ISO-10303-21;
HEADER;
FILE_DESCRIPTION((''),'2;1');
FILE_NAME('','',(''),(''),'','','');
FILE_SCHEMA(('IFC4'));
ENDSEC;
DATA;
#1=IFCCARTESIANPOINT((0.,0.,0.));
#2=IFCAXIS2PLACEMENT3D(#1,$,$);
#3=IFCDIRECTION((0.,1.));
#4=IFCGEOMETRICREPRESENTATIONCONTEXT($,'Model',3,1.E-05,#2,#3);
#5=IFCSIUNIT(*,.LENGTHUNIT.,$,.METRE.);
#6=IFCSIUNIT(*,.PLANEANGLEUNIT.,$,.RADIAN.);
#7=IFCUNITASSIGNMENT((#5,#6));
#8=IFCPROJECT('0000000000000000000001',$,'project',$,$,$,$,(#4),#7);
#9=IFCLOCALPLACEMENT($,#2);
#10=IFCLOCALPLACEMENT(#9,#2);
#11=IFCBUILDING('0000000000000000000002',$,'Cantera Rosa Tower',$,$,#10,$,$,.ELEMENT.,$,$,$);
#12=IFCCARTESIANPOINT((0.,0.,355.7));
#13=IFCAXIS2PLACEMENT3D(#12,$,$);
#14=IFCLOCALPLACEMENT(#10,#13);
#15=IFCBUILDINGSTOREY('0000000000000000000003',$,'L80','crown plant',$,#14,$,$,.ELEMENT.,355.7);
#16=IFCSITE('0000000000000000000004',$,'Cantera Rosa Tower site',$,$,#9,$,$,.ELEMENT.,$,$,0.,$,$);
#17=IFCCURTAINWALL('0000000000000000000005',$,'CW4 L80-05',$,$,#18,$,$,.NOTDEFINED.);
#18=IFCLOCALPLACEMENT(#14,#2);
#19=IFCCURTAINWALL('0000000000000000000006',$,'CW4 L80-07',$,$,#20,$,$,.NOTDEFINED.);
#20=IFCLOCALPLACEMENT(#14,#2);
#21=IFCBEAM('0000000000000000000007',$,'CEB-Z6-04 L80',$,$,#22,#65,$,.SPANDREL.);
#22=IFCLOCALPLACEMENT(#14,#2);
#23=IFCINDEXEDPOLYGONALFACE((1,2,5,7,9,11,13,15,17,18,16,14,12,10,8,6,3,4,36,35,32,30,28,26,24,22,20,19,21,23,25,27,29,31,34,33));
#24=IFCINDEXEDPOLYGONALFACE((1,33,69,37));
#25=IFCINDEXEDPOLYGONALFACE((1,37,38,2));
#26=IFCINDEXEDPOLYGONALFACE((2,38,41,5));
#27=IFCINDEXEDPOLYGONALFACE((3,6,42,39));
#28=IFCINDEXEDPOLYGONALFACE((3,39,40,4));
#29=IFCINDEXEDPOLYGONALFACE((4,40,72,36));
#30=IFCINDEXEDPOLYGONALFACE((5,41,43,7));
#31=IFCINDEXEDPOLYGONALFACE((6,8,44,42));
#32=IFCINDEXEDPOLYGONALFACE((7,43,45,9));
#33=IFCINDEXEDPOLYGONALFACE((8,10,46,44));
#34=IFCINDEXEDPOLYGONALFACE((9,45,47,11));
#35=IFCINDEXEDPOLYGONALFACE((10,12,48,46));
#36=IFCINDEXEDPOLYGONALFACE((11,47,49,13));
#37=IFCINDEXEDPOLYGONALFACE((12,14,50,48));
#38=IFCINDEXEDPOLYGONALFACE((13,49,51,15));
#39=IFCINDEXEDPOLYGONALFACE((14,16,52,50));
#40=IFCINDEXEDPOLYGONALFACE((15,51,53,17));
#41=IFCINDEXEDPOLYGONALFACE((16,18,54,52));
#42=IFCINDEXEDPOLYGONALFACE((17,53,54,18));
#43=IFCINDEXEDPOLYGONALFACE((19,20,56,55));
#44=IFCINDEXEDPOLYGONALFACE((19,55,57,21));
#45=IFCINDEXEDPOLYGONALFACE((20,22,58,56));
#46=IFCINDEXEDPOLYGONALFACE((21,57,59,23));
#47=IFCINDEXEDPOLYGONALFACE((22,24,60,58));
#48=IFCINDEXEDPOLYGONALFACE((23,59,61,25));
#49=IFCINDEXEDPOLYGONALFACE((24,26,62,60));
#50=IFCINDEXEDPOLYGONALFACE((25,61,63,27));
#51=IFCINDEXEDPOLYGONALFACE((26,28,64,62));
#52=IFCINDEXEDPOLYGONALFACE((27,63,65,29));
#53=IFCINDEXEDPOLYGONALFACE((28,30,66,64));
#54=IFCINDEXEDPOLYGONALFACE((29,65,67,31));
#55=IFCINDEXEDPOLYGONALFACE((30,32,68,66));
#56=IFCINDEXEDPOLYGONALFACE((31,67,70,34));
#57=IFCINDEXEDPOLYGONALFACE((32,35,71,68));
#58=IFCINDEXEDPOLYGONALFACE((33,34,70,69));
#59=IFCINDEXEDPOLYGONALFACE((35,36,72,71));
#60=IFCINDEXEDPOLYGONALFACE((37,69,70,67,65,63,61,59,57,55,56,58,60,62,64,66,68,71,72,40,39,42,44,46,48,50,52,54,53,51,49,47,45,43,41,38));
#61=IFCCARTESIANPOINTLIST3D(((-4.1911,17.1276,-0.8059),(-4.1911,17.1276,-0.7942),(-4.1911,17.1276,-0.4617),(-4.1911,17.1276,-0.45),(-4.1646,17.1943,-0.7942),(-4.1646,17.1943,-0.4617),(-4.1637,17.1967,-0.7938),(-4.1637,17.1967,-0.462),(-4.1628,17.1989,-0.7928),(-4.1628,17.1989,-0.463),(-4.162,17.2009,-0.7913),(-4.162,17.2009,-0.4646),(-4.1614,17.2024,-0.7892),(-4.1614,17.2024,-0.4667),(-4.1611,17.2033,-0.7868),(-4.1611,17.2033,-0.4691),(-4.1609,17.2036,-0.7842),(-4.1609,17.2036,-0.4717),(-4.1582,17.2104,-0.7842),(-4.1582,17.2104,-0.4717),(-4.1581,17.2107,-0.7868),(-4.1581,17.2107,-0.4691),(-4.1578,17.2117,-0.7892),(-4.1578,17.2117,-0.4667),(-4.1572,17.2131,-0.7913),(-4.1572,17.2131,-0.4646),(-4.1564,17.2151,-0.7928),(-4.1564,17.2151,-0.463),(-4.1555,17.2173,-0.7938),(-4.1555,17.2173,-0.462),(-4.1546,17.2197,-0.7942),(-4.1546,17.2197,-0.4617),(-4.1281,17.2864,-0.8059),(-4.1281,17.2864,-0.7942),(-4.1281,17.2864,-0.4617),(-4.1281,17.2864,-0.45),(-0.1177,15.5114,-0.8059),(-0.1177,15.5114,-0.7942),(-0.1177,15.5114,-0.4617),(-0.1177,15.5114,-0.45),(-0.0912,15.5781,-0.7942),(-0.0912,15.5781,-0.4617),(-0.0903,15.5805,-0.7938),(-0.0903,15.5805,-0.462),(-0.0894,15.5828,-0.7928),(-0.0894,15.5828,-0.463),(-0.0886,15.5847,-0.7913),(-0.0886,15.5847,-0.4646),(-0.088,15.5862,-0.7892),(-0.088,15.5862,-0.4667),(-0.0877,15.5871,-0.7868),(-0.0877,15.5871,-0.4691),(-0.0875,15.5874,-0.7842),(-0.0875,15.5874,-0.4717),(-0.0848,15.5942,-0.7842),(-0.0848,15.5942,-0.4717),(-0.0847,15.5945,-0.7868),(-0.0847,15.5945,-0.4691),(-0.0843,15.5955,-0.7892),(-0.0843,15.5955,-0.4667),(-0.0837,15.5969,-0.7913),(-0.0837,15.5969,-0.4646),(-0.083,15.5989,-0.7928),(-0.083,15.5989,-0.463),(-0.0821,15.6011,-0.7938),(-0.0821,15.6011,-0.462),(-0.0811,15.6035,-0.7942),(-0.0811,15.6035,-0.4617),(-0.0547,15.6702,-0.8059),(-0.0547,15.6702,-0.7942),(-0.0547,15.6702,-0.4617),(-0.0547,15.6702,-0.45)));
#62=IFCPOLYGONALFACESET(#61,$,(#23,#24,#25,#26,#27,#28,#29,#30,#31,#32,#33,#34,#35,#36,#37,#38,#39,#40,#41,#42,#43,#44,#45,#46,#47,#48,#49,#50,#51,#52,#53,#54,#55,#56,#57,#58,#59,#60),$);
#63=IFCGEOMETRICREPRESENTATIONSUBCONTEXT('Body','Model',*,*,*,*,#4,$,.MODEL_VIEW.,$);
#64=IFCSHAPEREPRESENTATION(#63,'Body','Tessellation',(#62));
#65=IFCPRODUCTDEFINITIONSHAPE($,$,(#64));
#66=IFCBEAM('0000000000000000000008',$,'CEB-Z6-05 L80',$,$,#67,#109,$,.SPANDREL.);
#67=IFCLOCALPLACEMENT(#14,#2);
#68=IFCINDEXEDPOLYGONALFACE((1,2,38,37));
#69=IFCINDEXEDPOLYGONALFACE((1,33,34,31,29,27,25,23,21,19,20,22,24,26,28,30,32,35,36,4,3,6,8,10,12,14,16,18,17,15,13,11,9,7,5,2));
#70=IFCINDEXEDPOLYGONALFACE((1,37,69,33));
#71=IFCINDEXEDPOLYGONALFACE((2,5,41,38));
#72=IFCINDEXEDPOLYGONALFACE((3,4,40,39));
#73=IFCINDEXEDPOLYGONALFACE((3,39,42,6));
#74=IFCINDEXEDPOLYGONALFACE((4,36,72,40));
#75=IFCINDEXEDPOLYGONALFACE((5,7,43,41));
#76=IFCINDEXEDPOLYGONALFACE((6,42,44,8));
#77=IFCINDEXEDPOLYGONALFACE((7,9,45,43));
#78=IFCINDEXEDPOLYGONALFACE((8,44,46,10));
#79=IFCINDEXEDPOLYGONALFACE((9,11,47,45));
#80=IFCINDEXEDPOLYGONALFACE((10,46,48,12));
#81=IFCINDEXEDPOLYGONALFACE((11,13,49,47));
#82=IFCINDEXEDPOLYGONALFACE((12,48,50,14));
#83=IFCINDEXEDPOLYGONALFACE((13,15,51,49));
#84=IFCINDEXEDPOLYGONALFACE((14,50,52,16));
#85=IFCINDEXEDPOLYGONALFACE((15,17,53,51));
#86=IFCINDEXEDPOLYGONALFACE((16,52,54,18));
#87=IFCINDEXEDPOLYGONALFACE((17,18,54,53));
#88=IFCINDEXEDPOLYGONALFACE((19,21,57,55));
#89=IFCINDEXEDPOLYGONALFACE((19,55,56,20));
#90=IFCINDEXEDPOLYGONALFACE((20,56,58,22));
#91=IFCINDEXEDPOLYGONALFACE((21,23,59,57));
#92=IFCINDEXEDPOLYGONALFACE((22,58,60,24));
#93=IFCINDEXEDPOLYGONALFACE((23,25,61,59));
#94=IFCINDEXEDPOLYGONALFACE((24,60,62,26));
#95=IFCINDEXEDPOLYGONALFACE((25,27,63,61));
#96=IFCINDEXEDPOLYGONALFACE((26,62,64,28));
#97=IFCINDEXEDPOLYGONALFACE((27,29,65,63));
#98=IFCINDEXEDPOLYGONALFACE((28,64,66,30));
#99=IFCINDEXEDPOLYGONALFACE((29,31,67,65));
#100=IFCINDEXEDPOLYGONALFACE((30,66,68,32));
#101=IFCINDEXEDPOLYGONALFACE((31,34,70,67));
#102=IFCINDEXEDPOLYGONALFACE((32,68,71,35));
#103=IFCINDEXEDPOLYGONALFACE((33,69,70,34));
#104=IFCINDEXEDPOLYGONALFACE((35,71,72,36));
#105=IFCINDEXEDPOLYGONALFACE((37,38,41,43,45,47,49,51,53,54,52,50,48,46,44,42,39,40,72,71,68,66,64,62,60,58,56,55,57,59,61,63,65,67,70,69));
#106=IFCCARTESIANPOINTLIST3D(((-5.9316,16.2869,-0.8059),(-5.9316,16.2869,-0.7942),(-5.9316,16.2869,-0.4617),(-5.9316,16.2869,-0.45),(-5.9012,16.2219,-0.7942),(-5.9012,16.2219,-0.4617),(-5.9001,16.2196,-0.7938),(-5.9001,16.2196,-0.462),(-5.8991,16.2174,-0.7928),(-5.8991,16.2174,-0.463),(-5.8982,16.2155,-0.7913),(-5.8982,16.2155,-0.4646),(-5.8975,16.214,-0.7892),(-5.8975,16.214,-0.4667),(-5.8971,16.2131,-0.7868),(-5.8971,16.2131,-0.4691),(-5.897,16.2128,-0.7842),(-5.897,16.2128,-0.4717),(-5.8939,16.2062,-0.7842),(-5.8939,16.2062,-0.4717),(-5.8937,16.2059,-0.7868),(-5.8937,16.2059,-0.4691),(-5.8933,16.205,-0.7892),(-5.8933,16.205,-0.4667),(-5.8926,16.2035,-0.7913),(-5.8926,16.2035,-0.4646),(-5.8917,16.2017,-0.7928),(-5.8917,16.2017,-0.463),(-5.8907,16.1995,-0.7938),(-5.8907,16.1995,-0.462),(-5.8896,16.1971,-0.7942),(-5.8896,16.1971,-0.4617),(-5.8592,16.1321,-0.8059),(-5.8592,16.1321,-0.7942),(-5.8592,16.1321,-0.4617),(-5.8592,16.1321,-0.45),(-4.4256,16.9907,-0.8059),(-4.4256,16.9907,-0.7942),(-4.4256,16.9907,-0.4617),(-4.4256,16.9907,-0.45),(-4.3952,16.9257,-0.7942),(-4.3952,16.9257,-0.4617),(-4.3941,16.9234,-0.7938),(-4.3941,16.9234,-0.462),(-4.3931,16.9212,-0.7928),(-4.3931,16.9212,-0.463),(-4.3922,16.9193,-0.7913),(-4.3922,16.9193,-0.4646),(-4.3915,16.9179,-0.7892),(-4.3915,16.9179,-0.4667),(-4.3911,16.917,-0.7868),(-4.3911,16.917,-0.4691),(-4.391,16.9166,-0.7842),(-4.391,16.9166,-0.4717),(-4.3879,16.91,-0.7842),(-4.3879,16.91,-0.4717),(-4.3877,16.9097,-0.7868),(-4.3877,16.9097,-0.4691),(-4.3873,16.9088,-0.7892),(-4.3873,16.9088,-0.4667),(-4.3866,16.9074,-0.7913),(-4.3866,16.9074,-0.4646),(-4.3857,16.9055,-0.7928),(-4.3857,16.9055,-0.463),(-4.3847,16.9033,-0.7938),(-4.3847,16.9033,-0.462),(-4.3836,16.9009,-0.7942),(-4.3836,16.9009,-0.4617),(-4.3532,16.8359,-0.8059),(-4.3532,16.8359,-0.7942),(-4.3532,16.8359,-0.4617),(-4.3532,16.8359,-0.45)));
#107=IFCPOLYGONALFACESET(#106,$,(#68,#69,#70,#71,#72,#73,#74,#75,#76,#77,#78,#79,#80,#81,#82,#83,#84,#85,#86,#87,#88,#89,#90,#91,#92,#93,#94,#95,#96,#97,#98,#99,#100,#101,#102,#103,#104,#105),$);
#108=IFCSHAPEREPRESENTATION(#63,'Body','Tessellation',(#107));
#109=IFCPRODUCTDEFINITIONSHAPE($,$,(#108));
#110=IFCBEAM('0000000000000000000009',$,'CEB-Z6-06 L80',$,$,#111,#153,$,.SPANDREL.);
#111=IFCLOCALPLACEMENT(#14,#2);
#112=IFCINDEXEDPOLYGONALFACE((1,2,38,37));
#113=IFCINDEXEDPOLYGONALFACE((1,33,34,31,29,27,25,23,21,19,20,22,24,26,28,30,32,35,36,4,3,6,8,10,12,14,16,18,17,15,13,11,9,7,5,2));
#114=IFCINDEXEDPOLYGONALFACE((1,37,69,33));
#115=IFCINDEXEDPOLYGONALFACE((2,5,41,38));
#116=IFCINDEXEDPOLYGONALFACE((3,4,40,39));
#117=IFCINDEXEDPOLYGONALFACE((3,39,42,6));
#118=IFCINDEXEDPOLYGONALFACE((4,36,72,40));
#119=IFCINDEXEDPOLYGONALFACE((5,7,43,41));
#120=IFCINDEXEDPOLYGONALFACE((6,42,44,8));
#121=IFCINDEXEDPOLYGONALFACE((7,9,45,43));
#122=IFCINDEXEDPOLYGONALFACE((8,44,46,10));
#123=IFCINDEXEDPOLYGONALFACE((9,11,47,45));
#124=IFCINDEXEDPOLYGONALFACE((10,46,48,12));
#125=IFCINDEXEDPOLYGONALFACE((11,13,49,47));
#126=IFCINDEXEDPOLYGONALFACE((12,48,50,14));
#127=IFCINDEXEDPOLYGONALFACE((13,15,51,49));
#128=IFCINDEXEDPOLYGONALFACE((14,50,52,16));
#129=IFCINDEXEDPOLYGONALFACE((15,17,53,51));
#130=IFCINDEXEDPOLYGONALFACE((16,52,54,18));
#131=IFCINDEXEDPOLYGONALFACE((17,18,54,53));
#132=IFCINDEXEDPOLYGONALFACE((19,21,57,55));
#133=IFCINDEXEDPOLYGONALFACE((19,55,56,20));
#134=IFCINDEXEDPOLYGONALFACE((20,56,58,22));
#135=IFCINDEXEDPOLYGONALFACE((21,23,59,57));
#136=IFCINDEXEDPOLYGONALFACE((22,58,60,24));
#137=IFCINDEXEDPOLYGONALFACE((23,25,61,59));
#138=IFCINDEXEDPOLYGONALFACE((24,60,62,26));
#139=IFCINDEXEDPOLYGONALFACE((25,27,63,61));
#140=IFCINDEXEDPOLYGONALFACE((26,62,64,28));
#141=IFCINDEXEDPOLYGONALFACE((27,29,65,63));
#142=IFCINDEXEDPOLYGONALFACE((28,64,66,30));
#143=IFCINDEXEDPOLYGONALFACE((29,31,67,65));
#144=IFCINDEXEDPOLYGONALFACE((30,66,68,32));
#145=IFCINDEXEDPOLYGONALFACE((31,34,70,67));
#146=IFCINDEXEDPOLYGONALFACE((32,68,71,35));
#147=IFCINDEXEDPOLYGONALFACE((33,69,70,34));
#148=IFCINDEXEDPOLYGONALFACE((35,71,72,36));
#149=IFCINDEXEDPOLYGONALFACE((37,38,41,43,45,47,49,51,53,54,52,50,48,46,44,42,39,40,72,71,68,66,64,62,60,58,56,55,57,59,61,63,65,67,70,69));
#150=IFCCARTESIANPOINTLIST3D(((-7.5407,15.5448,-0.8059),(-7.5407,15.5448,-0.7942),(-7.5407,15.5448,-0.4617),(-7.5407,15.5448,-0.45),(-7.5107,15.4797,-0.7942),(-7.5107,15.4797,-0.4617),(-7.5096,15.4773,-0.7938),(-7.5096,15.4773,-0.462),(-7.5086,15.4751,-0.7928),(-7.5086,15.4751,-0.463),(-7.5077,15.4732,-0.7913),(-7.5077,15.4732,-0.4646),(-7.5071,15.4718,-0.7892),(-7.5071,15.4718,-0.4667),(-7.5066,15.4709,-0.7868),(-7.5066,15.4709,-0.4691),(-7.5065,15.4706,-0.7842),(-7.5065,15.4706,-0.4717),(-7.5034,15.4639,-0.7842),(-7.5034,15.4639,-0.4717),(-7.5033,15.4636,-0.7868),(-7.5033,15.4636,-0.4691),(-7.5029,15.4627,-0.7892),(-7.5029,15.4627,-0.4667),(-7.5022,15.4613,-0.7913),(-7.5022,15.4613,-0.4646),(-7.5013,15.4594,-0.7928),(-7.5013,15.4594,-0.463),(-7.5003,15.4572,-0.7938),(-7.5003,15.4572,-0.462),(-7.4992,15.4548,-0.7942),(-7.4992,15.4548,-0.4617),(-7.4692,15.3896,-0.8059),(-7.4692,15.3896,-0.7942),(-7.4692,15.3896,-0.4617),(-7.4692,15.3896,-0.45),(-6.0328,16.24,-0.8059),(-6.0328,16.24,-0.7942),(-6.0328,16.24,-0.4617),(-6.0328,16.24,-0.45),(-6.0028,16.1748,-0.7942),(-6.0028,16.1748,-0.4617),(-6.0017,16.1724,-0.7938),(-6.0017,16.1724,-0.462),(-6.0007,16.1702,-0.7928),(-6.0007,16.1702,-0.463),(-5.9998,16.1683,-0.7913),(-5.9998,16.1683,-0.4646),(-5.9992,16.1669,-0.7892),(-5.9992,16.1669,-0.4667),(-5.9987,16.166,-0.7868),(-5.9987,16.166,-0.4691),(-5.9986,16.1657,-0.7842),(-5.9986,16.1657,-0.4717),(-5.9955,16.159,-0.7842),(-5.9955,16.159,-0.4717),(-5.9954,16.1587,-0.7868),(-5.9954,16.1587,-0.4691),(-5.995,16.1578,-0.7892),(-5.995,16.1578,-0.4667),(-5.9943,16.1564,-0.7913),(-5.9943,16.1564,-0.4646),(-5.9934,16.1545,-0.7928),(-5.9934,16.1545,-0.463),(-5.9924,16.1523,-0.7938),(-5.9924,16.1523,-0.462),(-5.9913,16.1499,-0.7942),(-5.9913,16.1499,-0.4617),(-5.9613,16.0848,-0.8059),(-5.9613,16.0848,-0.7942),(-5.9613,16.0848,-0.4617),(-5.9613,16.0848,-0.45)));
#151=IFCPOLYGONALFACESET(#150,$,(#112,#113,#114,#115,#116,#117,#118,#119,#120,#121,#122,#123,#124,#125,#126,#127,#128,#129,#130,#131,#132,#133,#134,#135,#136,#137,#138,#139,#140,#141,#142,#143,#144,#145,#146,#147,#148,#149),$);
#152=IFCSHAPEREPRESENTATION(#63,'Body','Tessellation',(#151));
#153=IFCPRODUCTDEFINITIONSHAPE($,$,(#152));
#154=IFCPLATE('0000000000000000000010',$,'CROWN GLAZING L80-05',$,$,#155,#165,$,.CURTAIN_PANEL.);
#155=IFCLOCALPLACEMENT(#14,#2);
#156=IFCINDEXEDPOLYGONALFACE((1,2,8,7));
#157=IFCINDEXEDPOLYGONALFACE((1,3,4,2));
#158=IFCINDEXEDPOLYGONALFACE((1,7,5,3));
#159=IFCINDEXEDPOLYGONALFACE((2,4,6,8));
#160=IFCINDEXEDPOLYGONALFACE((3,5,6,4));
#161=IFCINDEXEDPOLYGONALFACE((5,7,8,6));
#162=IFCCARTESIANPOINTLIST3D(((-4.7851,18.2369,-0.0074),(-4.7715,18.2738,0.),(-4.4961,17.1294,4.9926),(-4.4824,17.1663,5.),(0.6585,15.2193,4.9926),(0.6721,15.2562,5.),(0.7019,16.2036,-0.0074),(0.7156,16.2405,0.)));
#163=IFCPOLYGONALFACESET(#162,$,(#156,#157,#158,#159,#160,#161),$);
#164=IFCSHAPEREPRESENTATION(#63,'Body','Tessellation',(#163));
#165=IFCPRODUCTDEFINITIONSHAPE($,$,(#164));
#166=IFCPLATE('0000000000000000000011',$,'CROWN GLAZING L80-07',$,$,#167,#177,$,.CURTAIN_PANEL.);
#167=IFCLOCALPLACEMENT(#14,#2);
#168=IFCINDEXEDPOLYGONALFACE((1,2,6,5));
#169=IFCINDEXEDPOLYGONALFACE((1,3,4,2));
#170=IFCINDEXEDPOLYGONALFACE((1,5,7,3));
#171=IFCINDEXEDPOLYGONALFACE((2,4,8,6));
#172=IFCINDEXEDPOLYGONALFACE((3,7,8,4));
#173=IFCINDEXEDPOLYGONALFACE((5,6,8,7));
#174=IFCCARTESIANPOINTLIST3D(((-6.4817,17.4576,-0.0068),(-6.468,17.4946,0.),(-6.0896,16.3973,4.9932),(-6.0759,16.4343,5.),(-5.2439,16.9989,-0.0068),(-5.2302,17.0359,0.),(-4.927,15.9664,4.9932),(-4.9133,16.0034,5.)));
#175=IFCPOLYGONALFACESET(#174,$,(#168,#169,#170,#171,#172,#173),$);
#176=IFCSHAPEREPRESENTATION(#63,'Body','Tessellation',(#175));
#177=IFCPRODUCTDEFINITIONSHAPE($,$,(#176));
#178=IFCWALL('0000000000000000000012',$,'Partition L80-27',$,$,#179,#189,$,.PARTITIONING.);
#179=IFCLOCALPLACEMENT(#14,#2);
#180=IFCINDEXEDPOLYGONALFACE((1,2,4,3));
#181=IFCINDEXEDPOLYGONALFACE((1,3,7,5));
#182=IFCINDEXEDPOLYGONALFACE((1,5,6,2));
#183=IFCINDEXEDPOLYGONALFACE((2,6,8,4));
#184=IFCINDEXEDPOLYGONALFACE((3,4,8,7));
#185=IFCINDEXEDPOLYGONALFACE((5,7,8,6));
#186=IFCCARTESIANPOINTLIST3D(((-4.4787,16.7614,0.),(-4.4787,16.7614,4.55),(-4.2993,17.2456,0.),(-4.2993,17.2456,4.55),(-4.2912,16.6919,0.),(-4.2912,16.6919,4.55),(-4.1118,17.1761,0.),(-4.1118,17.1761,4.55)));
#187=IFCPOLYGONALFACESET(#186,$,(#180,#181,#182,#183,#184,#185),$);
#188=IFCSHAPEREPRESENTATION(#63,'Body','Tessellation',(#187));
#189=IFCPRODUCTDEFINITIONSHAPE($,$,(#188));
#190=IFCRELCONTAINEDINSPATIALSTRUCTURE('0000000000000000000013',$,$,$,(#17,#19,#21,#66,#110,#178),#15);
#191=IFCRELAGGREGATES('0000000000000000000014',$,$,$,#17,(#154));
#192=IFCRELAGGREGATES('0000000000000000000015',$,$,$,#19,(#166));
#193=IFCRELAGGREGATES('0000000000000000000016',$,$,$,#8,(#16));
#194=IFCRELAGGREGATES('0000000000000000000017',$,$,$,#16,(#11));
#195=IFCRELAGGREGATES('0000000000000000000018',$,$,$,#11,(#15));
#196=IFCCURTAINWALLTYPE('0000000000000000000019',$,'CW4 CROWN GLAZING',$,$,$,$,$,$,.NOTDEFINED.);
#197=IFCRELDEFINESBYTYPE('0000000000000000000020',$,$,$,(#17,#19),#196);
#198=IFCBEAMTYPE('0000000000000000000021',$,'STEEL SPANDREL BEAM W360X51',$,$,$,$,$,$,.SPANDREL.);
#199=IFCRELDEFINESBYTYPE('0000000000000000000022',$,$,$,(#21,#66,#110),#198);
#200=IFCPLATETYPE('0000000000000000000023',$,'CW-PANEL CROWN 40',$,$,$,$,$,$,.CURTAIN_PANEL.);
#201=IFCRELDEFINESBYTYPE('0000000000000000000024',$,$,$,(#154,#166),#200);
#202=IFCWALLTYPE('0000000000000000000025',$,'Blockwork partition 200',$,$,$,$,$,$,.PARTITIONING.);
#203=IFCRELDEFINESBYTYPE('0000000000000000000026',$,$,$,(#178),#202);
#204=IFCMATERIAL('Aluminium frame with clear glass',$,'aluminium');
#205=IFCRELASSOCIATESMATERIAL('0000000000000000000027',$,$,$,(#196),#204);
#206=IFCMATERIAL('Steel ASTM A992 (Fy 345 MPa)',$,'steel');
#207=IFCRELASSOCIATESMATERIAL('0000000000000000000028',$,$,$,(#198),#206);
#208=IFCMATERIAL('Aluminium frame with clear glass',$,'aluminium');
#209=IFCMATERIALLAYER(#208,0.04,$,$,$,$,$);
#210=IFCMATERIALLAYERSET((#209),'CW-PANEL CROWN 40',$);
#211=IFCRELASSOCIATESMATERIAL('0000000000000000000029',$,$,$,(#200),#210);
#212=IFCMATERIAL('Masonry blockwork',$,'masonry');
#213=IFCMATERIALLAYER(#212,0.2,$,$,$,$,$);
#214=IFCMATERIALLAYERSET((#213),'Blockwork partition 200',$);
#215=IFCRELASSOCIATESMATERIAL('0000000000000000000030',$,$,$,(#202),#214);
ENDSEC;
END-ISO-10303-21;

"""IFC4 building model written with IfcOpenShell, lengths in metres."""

from ifc_helpers import new_model, si_unit, direction, frame, frame_2d, origin, origin_2d, place, context, subcontext, project, spatial, polyline, rectangle, i_section, outline, extrude, material, layer, layer_set, material_profile, profile_set, type_object, element, aggregate, save


model = new_model("IFC4")

# Units and contexts
model_context = context("Model", 3, precision=1e-05, world=origin(), true_north=direction((0.0, 1.0)))
body_context = subcontext(model_context, "Body", "Model", "MODEL_VIEW")
ifc_project = project(units=[si_unit("LENGTHUNIT", "METRE"), si_unit("PLANEANGLEUNIT", "RADIAN")], contexts=[model_context])

# Site, building, storey
site_placement = place(None, origin())
site = spatial("IfcSite", under=ifc_project, at=site_placement, Name="Cantera Rosa Tower site", CompositionType="ELEMENT", RefElevation=0.0)
building_placement = place(site_placement, origin())
building = spatial("IfcBuilding", under=site, at=building_placement, Name="Cantera Rosa Tower", CompositionType="ELEMENT")
storey_placement = place(building_placement, frame((0.0, 0.0, 355.7)))
storey = spatial("IfcBuildingStorey", under=building, at=storey_placement, Name="L80", Description="crown plant", CompositionType="ELEMENT", Elevation=355.7)

# Curtain walls
ifc_material_1 = material(Name="Aluminium frame with clear glass", Category="aluminium")
curtain_wall_type = type_object("IfcCurtainWallType", Name="CW4 CROWN GLAZING", PredefinedType="NOTDEFINED", material=ifc_material_1)
curtain_wall_1_placement = place(storey_placement, origin())
curtain_wall_1 = element("IfcCurtainWall", 1, at=curtain_wall_1_placement, inside=storey, type_object=curtain_wall_type, Name="CW4 L80-05", PredefinedType="NOTDEFINED")
curtain_wall_2_placement = place(storey_placement, origin())
curtain_wall_2 = element("IfcCurtainWall", 2, at=curtain_wall_2_placement, inside=storey, type_object=curtain_wall_type, Name="CW4 L80-07", PredefinedType="NOTDEFINED")

# Beams
ifc_material_2 = material(Name="Steel ASTM A992 (Fy 345 MPa)", Category="steel")
ifc_material_profile_1 = material_profile(ifc_material_2, i_section(OverallWidth=0.1709, OverallDepth=0.356, WebThickness=0.0073, FlangeThickness=0.0117, FilletRadius=0.01, at=origin_2d()), Name="W360X51")
ifc_profile_set_1 = profile_set([ifc_material_profile_1], Name="Steel ASTM A992 (Fy 345 MPa)")
beam_type = type_object("IfcBeamType", Name="STEEL SPANDREL BEAM W360X51", PredefinedType="SPANDREL", material=ifc_profile_set_1)
beam_1_placement = place(storey_placement, frame((-0.0862, 15.5908, -0.6279), z_axis=(-0.92951, 0.368796, 0.0), x_axis=(-0.368796, -0.92951, 0.0)))
element("IfcBeam", 3, at=beam_1_placement, inside=storey, type_object=beam_type, Name="CEB-Z6-04 L80", PredefinedType="SPANDREL", context=body_context, shape_type="SweptSolid", body=[
    extrude(i_section(OverallWidth=0.1709, OverallDepth=0.356, WebThickness=0.0073, FlangeThickness=0.0117, FilletRadius=0.01, at=origin_2d()), origin(), (0.0, 0.0, 1.0), 4.3823),
])
beam_2_placement = place(storey_placement, frame((-4.3894, 16.9133, -0.6279), z_axis=(-0.90595, -0.423384, 0.0), x_axis=(0.423384, -0.90595, 0.0)))
element("IfcBeam", 4, at=beam_2_placement, inside=storey, type_object=beam_type, Name="CEB-Z6-05 L80", PredefinedType="SPANDREL", context=body_context, shape_type="SweptSolid", body=[
    extrude(i_section(OverallWidth=0.1709, OverallDepth=0.356, WebThickness=0.0073, FlangeThickness=0.0117, FilletRadius=0.01, at=origin_2d()), origin(), (0.0, 0.0, 1.0), 1.6624),
])
beam_3_placement = place(storey_placement, frame((-5.9971, 16.1624, -0.6279), z_axis=(-0.908153, -0.418639, 0.0), x_axis=(0.418639, -0.908153, 0.0)))
element("IfcBeam", 5, at=beam_3_placement, inside=storey, type_object=beam_type, Name="CEB-Z6-06 L80", PredefinedType="SPANDREL", context=body_context, shape_type="SweptSolid", body=[
    extrude(i_section(OverallWidth=0.1709, OverallDepth=0.356, WebThickness=0.0073, FlangeThickness=0.0117, FilletRadius=0.01, at=origin_2d()), origin(), (0.0, 0.0, 1.0), 1.6604),
])

# Plates
ifc_material_3 = material(Name="Aluminium frame with clear glass", Category="aluminium")
ifc_layer_1 = layer(ifc_material_3, 0.04)
ifc_layer_set_1 = layer_set([ifc_layer_1], Name="CW-PANEL CROWN 40")
plate_type = type_object("IfcPlateType", Name="CW-PANEL CROWN 40", PredefinedType="CURTAIN_PANEL", material=ifc_layer_set_1)
plate_1_placement = place(storey_placement, frame((0.7156, 16.2405, 0.0), z_axis=(0.341513, 0.921611, 0.184395), x_axis=(-0.937691, 0.347471, 0.000002)))
plate_1 = element("IfcPlate", 6, at=plate_1_placement, type_object=plate_type, Name="CROWN GLAZING L80-05", PredefinedType="CURTAIN_PANEL", context=body_context, shape_type="SweptSolid", body=[
    extrude(outline(polyline([(0.0, 0.0), (5.8516, 0.0), (5.1958, 5.0872), (-0.3013, 5.0873), (0.0, 0.0)])), origin(), (0.0, 0.0, -1.0), 0.04),
])
plate_2_placement = place(storey_placement, frame((-5.2302, 17.0359, 0.0), z_axis=(0.342519, 0.924163, 0.169122), x_axis=(-0.937671, 0.347525, 0.000002)))
plate_2 = element("IfcPlate", 7, at=plate_2_placement, type_object=plate_type, Name="CROWN GLAZING L80-07", PredefinedType="CURTAIN_PANEL", context=body_context, shape_type="SweptSolid", body=[
    extrude(outline(polyline([(0.0, 0.0), (1.3201, 0.0), (0.5839, 5.0731), (-0.6559, 5.0731), (0.0, 0.0)])), origin(), (0.0, 0.0, -1.0), 0.04),
])

# Wall
ifc_material_4 = material(Name="Masonry blockwork", Category="masonry")
ifc_layer_2 = layer(ifc_material_4, 0.2)
ifc_layer_set_2 = layer_set([ifc_layer_2], Name="Blockwork partition 200")
wall_type_1 = type_object("IfcWallType", Name="Blockwork partition 200", PredefinedType="PARTITIONING", material=ifc_layer_set_2)
wall_1_placement = place(storey_placement, frame((-4.385, 16.7266, 0.0), z_axis=(0.0, 0.0, 1.0), x_axis=(0.347545, 0.937663, 0.0)))
element("IfcWall", 8, at=wall_1_placement, inside=storey, type_object=wall_type_1, Name="Partition L80-27", PredefinedType="PARTITIONING", context=body_context, shape_type="SweptSolid", body=[
    extrude(rectangle(XDim=0.5164, YDim=0.2, at=frame_2d((0.2583, 0.0))), origin(), (0.0, 0.0, 1.0), 4.55),
])

aggregate(curtain_wall_1, [plate_1])
aggregate(curtain_wall_2, [plate_2])

save(model, "model.ifc")
